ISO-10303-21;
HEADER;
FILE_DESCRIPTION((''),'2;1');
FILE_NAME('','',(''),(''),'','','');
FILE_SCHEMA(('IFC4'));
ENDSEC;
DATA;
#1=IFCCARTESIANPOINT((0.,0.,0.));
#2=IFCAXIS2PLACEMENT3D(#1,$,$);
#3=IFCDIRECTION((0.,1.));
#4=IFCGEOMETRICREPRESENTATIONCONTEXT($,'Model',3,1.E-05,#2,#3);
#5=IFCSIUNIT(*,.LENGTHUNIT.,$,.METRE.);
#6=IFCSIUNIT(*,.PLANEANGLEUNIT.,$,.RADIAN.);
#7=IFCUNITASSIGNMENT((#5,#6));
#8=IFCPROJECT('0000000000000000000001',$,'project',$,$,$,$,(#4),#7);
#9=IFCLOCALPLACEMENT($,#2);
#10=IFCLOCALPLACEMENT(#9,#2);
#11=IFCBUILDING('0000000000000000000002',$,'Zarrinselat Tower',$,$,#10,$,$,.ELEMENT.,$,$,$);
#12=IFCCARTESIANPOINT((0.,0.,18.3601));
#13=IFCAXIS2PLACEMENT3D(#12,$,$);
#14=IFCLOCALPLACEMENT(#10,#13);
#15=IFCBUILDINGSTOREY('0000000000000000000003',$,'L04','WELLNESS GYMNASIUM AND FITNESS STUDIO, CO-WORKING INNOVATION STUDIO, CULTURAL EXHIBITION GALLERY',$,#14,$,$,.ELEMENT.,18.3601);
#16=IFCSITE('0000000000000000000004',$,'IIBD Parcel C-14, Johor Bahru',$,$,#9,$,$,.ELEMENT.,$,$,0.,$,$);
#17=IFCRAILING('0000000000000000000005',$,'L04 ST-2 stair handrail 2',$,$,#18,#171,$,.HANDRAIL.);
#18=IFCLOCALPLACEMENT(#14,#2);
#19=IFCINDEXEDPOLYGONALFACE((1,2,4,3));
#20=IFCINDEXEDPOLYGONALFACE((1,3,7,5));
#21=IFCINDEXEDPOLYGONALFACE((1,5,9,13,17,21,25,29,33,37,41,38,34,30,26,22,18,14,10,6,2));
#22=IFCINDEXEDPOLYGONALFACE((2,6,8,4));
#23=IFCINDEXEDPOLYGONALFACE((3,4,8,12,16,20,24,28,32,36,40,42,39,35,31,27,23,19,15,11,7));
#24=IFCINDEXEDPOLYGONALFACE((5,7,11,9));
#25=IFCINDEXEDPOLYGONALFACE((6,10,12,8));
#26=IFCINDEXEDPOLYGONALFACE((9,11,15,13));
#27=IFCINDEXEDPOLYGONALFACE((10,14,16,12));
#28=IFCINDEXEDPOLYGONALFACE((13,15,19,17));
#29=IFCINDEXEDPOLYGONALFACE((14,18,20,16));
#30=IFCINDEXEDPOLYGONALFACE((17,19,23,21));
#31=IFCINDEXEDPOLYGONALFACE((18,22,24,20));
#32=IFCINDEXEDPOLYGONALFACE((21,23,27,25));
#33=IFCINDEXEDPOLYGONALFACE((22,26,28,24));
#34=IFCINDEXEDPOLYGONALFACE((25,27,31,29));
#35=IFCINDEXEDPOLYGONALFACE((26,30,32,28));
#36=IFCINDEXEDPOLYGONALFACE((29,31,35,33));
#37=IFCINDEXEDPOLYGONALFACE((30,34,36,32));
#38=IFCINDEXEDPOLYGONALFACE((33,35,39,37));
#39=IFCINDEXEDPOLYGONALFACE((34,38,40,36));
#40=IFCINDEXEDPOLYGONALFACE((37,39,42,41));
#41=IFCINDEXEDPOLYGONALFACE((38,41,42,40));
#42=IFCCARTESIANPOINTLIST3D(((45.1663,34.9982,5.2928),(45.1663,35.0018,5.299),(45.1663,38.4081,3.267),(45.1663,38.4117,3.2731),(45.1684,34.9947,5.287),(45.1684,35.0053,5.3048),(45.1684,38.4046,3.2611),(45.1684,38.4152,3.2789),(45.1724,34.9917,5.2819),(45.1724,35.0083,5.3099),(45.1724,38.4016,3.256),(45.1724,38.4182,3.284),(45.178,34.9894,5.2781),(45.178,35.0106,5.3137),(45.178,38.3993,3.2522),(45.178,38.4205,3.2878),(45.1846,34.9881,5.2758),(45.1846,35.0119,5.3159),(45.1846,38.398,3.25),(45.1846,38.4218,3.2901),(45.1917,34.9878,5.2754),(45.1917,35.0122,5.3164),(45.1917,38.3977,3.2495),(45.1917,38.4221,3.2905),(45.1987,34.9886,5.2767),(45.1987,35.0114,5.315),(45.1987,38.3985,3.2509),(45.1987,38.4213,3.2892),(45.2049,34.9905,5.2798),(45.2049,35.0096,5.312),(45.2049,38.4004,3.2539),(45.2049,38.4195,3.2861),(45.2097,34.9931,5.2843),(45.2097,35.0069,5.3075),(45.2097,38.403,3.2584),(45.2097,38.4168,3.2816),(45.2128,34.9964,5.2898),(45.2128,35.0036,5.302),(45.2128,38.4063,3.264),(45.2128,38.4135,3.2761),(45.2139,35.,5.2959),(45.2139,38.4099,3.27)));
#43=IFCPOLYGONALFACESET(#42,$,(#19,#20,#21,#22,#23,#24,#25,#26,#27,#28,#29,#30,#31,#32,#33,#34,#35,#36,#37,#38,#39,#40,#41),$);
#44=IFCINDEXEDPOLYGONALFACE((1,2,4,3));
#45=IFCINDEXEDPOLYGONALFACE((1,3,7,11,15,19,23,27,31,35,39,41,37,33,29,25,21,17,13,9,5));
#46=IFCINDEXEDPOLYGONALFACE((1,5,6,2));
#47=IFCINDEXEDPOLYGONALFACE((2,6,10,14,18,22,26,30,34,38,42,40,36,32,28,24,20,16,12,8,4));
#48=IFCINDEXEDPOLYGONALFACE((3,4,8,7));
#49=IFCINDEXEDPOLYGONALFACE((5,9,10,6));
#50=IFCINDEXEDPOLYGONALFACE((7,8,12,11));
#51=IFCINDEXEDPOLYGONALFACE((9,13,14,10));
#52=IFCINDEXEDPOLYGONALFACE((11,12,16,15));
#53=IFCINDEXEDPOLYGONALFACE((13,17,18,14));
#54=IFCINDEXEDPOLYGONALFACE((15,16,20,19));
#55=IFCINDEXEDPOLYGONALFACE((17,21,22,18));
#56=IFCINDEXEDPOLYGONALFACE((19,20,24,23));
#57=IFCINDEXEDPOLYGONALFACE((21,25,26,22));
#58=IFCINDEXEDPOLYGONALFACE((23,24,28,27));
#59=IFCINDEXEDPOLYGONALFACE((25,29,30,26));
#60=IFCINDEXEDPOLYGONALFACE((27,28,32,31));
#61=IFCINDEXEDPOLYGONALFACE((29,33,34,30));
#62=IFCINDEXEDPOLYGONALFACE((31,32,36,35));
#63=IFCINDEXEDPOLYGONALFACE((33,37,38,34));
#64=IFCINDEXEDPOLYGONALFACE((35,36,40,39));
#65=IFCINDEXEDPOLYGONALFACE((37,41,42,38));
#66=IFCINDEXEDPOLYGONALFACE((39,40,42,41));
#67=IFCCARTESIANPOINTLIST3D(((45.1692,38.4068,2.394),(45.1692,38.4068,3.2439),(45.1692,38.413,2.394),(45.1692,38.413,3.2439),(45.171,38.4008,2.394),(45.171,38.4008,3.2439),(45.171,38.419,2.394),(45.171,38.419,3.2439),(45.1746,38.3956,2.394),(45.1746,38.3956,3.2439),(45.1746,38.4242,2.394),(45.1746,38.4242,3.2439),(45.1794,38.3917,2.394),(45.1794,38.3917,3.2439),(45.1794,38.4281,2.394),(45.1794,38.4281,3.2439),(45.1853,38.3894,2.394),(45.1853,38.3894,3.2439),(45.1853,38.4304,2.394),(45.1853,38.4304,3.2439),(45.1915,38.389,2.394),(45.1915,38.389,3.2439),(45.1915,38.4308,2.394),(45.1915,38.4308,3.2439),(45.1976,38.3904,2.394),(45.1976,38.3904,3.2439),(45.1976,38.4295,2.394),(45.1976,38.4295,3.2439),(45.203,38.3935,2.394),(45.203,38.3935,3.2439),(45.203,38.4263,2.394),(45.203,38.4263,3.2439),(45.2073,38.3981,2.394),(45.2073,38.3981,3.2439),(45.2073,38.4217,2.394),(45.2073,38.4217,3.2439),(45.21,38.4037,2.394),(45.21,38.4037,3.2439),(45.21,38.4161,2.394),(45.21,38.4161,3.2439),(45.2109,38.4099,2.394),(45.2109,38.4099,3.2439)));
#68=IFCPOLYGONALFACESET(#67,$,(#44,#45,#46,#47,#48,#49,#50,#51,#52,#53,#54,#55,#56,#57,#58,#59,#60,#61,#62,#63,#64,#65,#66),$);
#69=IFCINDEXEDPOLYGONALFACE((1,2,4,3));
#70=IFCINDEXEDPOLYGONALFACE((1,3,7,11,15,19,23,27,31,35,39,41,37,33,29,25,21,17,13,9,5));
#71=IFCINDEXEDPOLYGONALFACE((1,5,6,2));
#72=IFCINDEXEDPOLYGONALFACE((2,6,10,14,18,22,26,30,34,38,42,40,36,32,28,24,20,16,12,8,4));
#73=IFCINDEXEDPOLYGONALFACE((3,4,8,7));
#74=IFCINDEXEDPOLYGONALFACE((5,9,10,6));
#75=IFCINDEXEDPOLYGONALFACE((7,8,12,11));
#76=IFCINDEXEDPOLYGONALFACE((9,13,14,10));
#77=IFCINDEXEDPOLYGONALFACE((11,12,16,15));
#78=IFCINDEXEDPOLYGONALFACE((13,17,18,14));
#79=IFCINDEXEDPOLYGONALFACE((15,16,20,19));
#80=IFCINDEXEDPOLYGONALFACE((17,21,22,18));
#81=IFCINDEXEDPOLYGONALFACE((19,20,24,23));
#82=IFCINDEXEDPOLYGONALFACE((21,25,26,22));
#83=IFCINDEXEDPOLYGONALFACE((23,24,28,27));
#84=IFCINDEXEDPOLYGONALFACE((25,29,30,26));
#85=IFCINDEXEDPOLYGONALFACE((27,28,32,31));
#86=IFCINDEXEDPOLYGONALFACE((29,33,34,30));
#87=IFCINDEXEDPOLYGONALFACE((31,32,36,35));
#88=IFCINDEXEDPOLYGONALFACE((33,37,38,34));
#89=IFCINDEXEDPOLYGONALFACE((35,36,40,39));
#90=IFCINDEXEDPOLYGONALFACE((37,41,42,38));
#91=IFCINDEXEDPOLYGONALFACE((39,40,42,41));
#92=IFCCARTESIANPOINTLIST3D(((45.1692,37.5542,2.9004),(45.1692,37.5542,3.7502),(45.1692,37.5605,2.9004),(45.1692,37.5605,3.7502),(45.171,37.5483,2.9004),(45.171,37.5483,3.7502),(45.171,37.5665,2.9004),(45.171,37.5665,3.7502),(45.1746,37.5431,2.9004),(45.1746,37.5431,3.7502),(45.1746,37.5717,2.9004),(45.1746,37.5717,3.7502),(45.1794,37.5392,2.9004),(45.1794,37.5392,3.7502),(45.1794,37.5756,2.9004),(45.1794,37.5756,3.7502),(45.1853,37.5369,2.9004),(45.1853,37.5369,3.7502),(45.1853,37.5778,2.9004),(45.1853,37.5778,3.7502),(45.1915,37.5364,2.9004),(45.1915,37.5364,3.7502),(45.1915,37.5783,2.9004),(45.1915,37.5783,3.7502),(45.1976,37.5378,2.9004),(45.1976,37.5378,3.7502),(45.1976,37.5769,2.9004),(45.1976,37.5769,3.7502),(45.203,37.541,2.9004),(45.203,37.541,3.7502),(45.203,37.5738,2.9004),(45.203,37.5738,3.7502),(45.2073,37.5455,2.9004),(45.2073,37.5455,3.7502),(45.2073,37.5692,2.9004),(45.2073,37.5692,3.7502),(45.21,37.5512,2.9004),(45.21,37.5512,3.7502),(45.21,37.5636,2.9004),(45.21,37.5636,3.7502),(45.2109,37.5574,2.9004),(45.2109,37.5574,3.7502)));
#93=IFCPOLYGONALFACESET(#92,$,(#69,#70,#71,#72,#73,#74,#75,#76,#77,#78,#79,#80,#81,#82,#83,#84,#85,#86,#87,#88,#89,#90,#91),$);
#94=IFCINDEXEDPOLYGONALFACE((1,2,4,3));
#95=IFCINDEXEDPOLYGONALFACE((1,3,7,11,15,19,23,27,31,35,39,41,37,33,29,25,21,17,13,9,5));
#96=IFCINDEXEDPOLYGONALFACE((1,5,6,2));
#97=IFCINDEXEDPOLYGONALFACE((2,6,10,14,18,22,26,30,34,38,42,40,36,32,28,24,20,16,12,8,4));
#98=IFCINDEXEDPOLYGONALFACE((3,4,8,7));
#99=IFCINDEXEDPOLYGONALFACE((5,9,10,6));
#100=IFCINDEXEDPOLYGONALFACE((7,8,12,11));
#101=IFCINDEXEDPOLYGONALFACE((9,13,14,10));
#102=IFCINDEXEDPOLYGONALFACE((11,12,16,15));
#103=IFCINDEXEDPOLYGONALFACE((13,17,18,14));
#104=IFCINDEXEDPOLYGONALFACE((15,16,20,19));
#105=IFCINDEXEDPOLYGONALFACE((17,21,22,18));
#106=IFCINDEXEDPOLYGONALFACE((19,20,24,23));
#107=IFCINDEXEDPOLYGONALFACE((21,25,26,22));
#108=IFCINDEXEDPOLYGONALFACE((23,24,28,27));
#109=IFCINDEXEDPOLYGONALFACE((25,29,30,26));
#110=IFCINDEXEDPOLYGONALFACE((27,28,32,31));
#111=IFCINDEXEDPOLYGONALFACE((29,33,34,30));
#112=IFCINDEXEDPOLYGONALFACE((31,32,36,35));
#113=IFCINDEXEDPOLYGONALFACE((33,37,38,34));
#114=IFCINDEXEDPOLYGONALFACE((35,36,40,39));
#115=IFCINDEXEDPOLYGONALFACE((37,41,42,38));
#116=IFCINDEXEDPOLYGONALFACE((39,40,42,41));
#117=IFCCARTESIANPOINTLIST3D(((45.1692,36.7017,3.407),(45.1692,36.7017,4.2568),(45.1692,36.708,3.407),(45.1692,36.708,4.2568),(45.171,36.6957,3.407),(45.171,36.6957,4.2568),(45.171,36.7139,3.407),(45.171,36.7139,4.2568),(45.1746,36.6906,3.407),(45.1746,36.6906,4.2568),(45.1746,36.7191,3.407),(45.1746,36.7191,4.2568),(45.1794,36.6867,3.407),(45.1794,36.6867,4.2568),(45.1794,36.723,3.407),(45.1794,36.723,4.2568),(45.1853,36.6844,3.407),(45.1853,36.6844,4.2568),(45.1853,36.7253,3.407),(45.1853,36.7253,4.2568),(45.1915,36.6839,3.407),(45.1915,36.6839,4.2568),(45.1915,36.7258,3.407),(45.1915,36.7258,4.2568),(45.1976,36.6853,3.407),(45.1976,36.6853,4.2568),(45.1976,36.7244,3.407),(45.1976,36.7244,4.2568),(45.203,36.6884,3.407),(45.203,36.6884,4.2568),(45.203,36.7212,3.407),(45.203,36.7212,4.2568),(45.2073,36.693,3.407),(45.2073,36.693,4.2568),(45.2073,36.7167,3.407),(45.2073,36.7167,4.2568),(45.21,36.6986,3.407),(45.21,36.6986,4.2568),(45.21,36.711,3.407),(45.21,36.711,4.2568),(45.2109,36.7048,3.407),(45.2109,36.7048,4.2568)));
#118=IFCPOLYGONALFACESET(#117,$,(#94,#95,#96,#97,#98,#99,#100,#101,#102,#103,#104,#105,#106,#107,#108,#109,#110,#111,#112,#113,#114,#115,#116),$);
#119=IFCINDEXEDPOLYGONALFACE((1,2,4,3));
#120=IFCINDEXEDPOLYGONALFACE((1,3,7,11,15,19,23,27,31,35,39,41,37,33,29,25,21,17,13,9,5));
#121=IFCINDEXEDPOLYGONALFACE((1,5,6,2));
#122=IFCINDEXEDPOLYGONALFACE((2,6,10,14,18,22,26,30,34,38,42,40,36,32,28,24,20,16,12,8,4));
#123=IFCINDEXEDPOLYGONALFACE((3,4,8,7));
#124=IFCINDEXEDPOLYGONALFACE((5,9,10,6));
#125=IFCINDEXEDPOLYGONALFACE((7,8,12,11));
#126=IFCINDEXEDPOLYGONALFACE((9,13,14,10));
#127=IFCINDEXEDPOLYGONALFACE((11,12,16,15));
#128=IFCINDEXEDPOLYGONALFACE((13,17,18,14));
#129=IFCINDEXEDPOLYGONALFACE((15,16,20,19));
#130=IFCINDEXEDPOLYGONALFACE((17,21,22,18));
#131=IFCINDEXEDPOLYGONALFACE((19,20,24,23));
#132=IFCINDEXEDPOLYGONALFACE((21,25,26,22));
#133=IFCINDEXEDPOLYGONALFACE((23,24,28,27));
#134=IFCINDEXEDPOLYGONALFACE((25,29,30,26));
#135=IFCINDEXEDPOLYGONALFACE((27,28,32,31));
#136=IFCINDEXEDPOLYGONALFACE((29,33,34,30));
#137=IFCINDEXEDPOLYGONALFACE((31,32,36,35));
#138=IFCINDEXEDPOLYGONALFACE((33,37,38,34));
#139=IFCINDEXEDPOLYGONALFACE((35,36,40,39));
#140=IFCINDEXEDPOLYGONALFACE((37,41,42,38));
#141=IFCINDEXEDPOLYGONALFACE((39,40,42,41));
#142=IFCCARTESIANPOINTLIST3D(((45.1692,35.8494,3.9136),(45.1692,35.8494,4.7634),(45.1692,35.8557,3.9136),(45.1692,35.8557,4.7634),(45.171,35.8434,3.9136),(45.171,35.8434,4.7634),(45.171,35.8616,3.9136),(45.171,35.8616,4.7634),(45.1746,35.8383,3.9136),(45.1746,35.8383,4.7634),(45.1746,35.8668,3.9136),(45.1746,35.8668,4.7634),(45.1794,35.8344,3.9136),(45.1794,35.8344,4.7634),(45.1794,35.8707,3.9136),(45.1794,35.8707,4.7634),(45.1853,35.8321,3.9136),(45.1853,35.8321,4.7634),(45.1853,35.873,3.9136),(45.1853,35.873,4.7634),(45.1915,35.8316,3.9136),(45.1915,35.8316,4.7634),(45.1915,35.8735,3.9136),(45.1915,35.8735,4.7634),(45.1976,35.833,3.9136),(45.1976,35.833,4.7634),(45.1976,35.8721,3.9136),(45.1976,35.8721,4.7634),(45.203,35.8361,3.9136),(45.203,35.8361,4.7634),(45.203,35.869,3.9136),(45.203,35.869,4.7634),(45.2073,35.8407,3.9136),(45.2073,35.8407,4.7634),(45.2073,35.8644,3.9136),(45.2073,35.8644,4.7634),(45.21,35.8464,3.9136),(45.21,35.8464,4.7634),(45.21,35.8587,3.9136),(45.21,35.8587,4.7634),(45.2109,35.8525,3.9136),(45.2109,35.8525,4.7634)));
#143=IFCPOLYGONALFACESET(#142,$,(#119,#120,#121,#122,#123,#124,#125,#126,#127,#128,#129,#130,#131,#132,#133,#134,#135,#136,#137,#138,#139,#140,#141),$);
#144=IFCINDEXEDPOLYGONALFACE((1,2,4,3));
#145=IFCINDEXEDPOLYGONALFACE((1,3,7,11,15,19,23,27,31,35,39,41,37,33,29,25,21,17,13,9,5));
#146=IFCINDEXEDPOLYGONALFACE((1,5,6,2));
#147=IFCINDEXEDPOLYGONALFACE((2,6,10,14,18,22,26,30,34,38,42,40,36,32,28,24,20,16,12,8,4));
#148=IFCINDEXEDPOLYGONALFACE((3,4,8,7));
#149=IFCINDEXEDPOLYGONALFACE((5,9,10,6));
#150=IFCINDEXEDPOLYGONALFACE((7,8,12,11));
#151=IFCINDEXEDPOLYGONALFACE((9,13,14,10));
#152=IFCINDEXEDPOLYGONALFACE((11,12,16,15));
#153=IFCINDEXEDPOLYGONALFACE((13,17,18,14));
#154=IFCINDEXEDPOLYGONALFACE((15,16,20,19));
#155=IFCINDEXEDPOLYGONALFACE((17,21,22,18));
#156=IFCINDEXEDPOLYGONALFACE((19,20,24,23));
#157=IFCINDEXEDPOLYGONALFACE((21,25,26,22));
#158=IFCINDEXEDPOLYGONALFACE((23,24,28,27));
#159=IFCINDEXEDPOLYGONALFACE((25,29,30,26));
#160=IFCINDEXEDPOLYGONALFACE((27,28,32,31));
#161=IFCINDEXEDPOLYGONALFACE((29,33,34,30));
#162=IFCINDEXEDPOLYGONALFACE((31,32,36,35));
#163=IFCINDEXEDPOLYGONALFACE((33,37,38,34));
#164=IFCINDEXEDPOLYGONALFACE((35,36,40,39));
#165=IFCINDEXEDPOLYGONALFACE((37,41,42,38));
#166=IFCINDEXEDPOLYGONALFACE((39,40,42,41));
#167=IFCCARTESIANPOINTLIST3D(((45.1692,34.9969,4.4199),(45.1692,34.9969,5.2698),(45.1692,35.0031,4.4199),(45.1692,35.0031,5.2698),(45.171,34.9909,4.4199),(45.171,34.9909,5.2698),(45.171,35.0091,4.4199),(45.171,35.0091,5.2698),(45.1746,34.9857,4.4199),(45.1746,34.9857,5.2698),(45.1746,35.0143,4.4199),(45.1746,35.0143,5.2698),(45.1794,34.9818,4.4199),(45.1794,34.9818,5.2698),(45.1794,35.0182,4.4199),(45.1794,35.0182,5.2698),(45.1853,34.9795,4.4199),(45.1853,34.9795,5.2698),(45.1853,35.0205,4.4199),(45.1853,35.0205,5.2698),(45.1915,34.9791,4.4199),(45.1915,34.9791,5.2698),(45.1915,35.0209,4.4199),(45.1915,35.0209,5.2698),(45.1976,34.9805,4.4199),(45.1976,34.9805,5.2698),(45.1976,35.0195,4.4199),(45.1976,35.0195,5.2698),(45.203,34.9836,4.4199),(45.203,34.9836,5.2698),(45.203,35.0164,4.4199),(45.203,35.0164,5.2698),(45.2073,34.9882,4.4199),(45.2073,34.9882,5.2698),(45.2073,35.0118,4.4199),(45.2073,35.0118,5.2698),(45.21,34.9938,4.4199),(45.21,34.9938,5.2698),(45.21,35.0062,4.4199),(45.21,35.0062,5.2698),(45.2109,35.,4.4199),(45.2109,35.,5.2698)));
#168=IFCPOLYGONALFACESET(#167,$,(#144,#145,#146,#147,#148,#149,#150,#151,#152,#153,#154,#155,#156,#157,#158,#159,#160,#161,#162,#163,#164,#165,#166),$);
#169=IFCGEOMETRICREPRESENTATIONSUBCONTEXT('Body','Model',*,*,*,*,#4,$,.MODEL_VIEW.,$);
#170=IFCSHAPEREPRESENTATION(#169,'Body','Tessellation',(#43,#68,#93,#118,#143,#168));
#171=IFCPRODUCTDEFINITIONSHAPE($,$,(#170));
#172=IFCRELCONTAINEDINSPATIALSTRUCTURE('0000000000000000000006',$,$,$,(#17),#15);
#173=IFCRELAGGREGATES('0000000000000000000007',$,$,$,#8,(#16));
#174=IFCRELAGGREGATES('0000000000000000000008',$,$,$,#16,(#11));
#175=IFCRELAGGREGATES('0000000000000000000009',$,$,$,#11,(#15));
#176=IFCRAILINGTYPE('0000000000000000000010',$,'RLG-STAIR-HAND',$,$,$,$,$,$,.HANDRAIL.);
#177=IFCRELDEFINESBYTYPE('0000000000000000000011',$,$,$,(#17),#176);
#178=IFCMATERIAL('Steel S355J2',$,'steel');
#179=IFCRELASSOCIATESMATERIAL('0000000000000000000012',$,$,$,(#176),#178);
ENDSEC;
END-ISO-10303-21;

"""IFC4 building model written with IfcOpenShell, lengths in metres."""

from ifc_helpers import new_model, si_unit, direction, frame, origin, origin_2d, place, context, subcontext, project, spatial, circle, extrude, material, type_object, element, save


model = new_model("IFC4")

# Units and contexts
model_context = context("Model", 3, precision=1e-05, world=origin(), true_north=direction((0.0, 1.0)))
body_context = subcontext(model_context, "Body", "Model", "MODEL_VIEW")
ifc_project = project(units=[si_unit("LENGTHUNIT", "METRE"), si_unit("PLANEANGLEUNIT", "RADIAN")], contexts=[model_context])

# Site, building, storey
site_placement = place(None, origin())
site = spatial("IfcSite", under=ifc_project, at=site_placement, Name="IIBD Parcel C-14, Johor Bahru", CompositionType="ELEMENT", RefElevation=0.0)
building_placement = place(site_placement, origin())
building = spatial("IfcBuilding", under=site, at=building_placement, Name="Zarrinselat Tower", CompositionType="ELEMENT")
storey_placement = place(building_placement, frame((0.0, 0.0, 18.3601)))
storey = spatial("IfcBuildingStorey", under=building, at=storey_placement, Name="L04", Description="WELLNESS GYMNASIUM AND FITNESS STUDIO, CO-WORKING INNOVATION STUDIO, CULTURAL EXHIBITION GALLERY", CompositionType="ELEMENT", Elevation=18.3601)

# Railing
ifc_material_1 = material(Name="Steel S355J2", Category="steel")
railing_type_1 = type_object("IfcRailingType", Name="RLG-STAIR-HAND", PredefinedType="HANDRAIL", material=ifc_material_1)
railing_1_placement = place(storey_placement, frame((45.1899, 38.4099, 2.394)))
element("IfcRailing", 1, at=railing_1_placement, inside=storey, type_object=railing_type_1, Name="L04 ST-2 stair handrail 2", PredefinedType="HANDRAIL", context=body_context, shape_type="SweptSolid", body=[
    extrude(circle(Radius=0.0239, at=origin_2d()), frame((0.0, 0.0, 0.876), z_axis=(0.0, -0.859717, 0.510771), x_axis=(1.0, 0.0, 0.0)), (0.0, 0.0, 1.0), 3.9663),
    extrude(circle(Radius=0.021, at=origin_2d()), origin(), (0.0, 0.0, 1.0), 0.8499),
    extrude(circle(Radius=0.021, at=origin_2d()), frame((0.0, -0.8525, 0.5063)), (0.0, 0.0, 1.0), 0.8499),
    extrude(circle(Radius=0.021, at=origin_2d()), frame((0.0, -1.7051, 1.0129)), (0.0, 0.0, 1.0), 0.8499),
    extrude(circle(Radius=0.021, at=origin_2d()), frame((0.0, -2.5574, 1.5195)), (0.0, 0.0, 1.0), 0.8499),
    extrude(circle(Radius=0.021, at=origin_2d()), frame((0.0, -3.4099, 2.0259)), (0.0, 0.0, 1.0), 0.8499),
])

save(model, "model.ifc")
